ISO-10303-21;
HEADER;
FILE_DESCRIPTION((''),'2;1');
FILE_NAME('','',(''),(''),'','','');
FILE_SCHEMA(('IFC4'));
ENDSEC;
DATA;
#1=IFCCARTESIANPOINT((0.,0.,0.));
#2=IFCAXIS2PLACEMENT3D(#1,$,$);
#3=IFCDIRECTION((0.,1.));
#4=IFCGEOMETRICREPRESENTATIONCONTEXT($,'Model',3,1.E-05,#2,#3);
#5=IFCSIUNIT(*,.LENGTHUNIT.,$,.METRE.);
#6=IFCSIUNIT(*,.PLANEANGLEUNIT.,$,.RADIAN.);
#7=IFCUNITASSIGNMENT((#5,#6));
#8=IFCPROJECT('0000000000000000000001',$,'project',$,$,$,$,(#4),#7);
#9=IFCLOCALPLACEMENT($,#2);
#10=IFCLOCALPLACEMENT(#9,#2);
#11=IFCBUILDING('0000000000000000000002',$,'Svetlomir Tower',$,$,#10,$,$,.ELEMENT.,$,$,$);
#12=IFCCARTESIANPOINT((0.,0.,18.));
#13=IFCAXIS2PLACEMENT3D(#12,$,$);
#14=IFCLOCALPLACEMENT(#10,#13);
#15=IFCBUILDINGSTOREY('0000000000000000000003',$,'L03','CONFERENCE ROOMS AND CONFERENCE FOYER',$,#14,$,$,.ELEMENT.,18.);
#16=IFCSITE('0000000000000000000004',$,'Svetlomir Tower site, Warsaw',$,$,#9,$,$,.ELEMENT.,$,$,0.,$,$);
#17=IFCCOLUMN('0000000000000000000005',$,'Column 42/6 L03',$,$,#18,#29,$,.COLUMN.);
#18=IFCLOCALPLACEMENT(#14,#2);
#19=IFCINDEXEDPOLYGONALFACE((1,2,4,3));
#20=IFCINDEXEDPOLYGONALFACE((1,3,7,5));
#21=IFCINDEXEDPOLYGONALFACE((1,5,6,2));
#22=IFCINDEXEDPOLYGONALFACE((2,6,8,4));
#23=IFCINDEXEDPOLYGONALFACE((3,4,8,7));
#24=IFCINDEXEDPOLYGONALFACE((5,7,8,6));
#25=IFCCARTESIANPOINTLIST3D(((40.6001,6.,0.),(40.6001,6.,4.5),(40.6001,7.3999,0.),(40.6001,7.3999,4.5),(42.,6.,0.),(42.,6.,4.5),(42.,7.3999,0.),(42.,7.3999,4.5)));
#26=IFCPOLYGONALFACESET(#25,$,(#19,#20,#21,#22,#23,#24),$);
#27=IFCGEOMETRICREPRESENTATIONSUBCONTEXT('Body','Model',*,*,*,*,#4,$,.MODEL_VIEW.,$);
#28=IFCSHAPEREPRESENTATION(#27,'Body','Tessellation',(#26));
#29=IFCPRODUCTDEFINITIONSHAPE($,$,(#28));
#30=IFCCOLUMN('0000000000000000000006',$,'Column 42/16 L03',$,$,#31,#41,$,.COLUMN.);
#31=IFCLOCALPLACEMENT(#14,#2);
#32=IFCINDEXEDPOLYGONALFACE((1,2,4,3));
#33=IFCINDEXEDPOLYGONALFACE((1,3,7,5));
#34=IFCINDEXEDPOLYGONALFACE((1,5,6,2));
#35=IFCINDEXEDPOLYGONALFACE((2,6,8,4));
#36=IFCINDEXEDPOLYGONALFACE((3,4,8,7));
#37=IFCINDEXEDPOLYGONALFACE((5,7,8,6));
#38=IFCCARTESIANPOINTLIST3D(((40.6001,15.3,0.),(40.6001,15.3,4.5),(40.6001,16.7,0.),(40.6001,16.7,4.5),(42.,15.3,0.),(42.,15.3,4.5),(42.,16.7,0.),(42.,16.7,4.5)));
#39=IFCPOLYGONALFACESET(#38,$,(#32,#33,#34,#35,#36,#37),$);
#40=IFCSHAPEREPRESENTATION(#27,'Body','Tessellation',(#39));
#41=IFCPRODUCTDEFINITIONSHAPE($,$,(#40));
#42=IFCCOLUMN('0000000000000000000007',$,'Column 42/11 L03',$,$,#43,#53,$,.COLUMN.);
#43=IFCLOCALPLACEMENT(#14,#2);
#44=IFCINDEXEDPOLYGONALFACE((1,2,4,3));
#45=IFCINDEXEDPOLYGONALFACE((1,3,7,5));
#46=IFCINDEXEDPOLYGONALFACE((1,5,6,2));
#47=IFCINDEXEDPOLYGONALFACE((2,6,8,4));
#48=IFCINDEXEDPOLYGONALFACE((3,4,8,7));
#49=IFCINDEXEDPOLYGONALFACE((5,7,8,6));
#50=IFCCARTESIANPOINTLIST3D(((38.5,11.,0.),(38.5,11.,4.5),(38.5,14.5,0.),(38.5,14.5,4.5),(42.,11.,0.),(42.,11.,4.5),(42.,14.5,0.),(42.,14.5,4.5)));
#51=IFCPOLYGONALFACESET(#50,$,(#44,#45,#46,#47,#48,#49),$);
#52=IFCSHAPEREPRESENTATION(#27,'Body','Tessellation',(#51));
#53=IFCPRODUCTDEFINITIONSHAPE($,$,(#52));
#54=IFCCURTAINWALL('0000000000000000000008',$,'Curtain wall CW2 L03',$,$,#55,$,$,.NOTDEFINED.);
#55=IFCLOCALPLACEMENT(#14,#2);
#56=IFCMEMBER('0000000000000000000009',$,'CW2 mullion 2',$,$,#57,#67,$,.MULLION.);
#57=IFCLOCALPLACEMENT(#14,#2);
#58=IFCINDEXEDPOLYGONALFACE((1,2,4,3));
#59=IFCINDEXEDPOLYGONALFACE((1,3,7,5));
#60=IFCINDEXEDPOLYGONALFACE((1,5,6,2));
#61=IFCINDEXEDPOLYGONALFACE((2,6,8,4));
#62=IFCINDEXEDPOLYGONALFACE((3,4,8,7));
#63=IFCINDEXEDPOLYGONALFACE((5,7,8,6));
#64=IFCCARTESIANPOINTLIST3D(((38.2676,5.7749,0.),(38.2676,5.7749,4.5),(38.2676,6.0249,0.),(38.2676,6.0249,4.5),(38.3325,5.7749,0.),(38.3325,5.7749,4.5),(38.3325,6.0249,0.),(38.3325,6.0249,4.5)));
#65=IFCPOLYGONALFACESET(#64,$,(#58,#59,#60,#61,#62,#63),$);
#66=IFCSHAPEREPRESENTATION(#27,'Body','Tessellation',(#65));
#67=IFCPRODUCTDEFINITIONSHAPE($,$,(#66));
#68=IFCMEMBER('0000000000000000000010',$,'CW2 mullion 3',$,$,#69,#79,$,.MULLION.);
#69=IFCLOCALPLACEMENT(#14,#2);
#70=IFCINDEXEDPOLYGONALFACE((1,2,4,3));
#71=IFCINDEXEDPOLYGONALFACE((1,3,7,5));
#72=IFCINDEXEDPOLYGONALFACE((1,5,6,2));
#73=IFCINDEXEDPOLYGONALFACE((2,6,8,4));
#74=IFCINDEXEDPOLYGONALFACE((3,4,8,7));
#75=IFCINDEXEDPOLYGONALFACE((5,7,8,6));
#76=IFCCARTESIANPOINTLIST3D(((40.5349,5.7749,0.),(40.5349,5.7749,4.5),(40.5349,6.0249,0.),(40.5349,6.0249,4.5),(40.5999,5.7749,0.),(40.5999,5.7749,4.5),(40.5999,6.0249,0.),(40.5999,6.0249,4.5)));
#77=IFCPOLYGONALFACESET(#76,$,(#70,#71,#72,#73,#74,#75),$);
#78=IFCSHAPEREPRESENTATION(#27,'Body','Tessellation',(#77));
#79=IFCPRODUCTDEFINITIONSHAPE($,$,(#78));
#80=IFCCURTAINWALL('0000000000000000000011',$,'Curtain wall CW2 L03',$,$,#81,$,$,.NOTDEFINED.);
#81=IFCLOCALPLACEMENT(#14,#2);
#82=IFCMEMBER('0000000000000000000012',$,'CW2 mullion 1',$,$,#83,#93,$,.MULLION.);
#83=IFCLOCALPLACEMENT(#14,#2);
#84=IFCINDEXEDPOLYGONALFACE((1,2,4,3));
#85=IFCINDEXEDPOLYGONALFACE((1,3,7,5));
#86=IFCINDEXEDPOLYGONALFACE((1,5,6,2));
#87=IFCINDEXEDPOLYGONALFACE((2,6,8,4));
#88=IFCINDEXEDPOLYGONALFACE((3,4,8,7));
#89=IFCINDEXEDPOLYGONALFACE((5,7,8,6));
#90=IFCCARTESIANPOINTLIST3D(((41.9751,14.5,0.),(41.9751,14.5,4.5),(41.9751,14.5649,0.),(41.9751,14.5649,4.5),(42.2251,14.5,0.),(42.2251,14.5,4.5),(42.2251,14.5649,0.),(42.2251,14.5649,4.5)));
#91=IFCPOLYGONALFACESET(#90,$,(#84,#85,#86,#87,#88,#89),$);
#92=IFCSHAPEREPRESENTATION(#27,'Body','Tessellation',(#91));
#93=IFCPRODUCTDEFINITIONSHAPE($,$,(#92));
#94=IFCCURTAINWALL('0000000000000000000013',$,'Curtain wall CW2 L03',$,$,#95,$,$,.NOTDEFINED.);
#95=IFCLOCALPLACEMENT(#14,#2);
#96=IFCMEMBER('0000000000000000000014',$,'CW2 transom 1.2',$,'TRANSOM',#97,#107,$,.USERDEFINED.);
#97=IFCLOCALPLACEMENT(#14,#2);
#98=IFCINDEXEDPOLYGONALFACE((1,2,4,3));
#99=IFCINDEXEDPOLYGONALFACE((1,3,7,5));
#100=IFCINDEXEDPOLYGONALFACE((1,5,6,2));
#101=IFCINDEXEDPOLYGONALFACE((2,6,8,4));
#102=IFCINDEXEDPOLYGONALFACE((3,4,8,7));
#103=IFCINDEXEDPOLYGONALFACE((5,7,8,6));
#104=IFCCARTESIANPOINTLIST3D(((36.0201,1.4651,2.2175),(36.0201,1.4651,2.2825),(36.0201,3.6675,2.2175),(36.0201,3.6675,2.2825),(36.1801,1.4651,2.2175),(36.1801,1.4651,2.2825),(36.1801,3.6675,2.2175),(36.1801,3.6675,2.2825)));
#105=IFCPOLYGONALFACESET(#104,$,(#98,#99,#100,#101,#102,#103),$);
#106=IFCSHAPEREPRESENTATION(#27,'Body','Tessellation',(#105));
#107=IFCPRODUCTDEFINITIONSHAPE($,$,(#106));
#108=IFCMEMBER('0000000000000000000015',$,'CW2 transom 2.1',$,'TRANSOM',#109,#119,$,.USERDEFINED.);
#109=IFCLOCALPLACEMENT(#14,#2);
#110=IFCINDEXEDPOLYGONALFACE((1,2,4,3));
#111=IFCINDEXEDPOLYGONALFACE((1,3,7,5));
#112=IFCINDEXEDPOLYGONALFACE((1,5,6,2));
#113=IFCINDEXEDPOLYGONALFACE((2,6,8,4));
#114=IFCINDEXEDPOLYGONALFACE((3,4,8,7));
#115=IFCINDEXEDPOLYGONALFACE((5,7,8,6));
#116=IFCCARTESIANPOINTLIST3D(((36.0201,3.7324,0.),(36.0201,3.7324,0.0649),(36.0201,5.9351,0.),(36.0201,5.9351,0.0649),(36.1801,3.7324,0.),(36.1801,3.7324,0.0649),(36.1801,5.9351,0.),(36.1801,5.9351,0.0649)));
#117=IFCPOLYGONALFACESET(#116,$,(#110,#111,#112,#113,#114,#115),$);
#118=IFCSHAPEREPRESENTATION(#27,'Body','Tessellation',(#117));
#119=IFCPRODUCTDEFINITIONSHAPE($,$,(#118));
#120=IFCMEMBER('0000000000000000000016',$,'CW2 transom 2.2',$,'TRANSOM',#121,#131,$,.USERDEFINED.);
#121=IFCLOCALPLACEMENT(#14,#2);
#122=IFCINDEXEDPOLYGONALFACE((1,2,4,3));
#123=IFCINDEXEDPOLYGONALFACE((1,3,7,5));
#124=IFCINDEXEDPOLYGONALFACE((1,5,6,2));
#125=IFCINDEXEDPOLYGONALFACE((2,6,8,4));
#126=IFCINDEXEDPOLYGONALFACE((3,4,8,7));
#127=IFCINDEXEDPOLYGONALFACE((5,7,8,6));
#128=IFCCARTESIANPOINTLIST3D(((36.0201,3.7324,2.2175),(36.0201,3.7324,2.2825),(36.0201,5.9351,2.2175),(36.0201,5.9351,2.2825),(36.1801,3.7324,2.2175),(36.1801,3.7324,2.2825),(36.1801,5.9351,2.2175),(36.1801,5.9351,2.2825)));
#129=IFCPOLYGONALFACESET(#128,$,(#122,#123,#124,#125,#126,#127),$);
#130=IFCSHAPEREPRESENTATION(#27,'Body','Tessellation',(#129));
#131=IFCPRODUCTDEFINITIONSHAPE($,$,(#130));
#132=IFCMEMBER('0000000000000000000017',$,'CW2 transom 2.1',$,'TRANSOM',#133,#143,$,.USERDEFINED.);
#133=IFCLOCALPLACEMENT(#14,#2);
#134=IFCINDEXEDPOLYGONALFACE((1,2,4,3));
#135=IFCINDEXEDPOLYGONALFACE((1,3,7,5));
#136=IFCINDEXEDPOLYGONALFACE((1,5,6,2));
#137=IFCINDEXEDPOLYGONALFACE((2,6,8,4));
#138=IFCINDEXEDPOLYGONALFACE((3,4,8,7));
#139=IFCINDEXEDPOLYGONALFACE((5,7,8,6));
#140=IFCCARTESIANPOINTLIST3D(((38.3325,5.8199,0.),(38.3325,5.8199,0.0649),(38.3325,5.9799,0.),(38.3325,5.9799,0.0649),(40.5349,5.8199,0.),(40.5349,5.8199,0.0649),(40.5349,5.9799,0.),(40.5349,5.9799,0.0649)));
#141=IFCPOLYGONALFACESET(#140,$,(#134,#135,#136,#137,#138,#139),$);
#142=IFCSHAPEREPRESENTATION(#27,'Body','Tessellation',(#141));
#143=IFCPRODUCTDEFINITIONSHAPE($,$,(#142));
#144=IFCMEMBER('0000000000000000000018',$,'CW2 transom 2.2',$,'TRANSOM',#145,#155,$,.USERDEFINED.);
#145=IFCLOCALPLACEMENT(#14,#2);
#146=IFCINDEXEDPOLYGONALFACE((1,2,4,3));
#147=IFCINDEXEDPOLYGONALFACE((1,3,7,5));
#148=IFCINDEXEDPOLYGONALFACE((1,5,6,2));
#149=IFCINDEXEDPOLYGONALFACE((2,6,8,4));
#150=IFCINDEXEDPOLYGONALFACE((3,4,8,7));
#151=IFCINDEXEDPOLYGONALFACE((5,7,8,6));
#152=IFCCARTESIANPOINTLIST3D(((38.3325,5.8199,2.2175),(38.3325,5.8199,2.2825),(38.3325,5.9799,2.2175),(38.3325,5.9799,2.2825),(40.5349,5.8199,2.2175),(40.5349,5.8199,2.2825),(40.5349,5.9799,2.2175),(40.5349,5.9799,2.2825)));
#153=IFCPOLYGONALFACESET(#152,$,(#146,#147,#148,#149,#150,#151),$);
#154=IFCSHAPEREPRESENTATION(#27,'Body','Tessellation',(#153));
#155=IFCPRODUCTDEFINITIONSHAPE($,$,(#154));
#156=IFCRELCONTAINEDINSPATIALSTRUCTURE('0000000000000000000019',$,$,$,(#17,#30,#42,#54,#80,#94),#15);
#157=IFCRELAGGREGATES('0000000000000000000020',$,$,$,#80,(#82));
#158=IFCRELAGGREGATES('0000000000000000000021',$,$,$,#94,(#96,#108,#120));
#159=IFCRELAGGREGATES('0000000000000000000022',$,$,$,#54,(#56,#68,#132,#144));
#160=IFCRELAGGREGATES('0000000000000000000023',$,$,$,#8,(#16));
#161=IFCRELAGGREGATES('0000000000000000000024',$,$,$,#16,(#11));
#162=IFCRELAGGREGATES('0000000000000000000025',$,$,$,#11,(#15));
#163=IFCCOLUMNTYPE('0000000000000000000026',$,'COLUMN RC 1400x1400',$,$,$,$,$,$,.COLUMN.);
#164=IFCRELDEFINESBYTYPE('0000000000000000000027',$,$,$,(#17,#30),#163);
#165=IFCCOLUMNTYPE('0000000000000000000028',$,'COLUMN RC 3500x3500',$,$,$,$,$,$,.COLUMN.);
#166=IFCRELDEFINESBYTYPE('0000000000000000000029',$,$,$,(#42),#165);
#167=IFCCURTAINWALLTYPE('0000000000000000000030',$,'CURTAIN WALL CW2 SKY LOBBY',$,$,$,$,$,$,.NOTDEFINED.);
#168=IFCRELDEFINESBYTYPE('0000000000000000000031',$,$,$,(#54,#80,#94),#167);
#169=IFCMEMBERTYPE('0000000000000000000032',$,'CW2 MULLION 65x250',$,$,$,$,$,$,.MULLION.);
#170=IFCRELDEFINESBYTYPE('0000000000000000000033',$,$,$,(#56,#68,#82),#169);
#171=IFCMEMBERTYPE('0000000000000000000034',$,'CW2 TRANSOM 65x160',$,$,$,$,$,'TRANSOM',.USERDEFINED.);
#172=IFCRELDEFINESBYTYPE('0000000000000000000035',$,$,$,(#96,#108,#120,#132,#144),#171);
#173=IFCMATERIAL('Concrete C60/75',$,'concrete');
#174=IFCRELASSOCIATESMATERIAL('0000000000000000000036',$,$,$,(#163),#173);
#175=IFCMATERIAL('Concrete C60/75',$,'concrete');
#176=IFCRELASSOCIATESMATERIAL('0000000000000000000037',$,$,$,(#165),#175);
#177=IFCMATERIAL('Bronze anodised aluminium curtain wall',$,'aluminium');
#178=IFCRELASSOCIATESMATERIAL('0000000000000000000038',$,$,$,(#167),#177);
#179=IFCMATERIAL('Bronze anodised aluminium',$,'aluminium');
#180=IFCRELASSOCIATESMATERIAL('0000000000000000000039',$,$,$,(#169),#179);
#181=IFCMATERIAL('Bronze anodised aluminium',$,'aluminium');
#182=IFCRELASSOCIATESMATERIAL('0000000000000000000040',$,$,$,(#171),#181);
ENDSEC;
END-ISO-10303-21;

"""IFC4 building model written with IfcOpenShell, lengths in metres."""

from ifc_helpers import new_model, si_unit, direction, frame, origin, origin_2d, place, context, subcontext, project, spatial, rectangle, extrude, material, material_profile, profile_set, type_object, element, aggregate, save


model = new_model("IFC4")

# Units and contexts
model_context = context("Model", 3, precision=1e-05, world=origin(), true_north=direction((0.0, 1.0)))
body_context = subcontext(model_context, "Body", "Model", "MODEL_VIEW")
ifc_project = project(units=[si_unit("LENGTHUNIT", "METRE"), si_unit("PLANEANGLEUNIT", "RADIAN")], contexts=[model_context])

# Site, building, storey
site_placement = place(None, origin())
site = spatial("IfcSite", under=ifc_project, at=site_placement, Name="Svetlomir Tower site, Warsaw", CompositionType="ELEMENT", RefElevation=0.0)
building_placement = place(site_placement, origin())
building = spatial("IfcBuilding", under=site, at=building_placement, Name="Svetlomir Tower", CompositionType="ELEMENT")
storey_placement = place(building_placement, frame((0.0, 0.0, 18.0)))
storey = spatial("IfcBuildingStorey", under=building, at=storey_placement, Name="L03", Description="CONFERENCE ROOMS AND CONFERENCE FOYER", CompositionType="ELEMENT", Elevation=18.0)

# Columns
ifc_material_1 = material(Name="Concrete C60/75", Category="concrete")
ifc_material_profile_1 = material_profile(ifc_material_1, rectangle(XDim=1.3999, YDim=1.3999, at=origin_2d()), Name="RC 1400x1400")
ifc_profile_set_1 = profile_set([ifc_material_profile_1], Name="Concrete C60/75")
column_type_1 = type_object("IfcColumnType", Name="COLUMN RC 1400x1400", PredefinedType="COLUMN", material=ifc_profile_set_1)
for number, where, z_axis, x_axis, name in (
    (1, (41.3, 6.7, 0.0), (0.0, 0.0, 1.0), (1.0, 0.0, 0.0), "Column 42/6 L03"),
    (2, (41.3, 16.0, 0.0), (0.0, 0.0, 1.0), (1.0, 0.0, 0.0), "Column 42/16 L03"),
):
    element("IfcColumn", number, at=place(storey_placement, frame(where, z_axis=z_axis, x_axis=x_axis)), inside=storey, type_object=column_type_1, Name=name, PredefinedType="COLUMN", context=body_context, shape_type="SweptSolid", body=[
        extrude(rectangle(XDim=1.3999, YDim=1.3999, at=origin_2d()), origin(), (0.0, 0.0, 1.0), 4.5),
    ])
ifc_material_2 = material(Name="Concrete C60/75", Category="concrete")
ifc_material_profile_2 = material_profile(ifc_material_2, rectangle(XDim=3.5, YDim=3.5, at=origin_2d()), Name="RC 3500x3500")
ifc_profile_set_2 = profile_set([ifc_material_profile_2], Name="Concrete C60/75")
column_type_2 = type_object("IfcColumnType", Name="COLUMN RC 3500x3500", PredefinedType="COLUMN", material=ifc_profile_set_2)
column_placement = place(storey_placement, frame((40.25, 12.75, 0.0), z_axis=(0.0, 0.0, 1.0), x_axis=(1.0, 0.0, 0.0)))
element("IfcColumn", 3, at=column_placement, inside=storey, type_object=column_type_2, Name="Column 42/11 L03", PredefinedType="COLUMN", context=body_context, shape_type="SweptSolid", body=[
    extrude(rectangle(XDim=3.5, YDim=3.5, at=origin_2d()), origin(), (0.0, 0.0, 1.0), 4.5),
])

# Curtain wall, members
ifc_material_3 = material(Name="Bronze anodised aluminium curtain wall", Category="aluminium")
curtain_wall_type = type_object("IfcCurtainWallType", Name="CURTAIN WALL CW2 SKY LOBBY", PredefinedType="NOTDEFINED", material=ifc_material_3)
curtain_wall_1_placement = place(storey_placement, origin())
curtain_wall_1 = element("IfcCurtainWall", 4, at=curtain_wall_1_placement, inside=storey, type_object=curtain_wall_type, Name="Curtain wall CW2 L03", PredefinedType="NOTDEFINED")
ifc_material_4 = material(Name="Bronze anodised aluminium", Category="aluminium")
ifc_material_profile_3 = material_profile(ifc_material_4, rectangle(XDim=0.0649, YDim=0.25, at=origin_2d()), Name="AL 65x250")
ifc_profile_set_3 = profile_set([ifc_material_profile_3], Name="Bronze anodised aluminium 6063-T6")
member_type_1 = type_object("IfcMemberType", Name="CW2 MULLION 65x250", PredefinedType="MULLION", material=ifc_profile_set_3)
member_1_placement = place(storey_placement, frame((38.3, 5.8999, 0.0), z_axis=(0.0, 0.0, 1.0), x_axis=(1.0, 0.0, 0.0)))
member_1 = element("IfcMember", 5, at=member_1_placement, type_object=member_type_1, Name="CW2 mullion 2", PredefinedType="MULLION", context=body_context, shape_type="SweptSolid", body=[
    extrude(rectangle(XDim=0.0649, YDim=0.25, at=origin_2d()), origin(), (0.0, 0.0, 1.0), 4.5),
])
member_2_placement = place(storey_placement, frame((40.5674, 5.8999, 0.0), z_axis=(0.0, 0.0, 1.0), x_axis=(1.0, 0.0, 0.0)))
member_2 = element("IfcMember", 6, at=member_2_placement, type_object=member_type_1, Name="CW2 mullion 3", PredefinedType="MULLION", context=body_context, shape_type="SweptSolid", body=[
    extrude(rectangle(XDim=0.0649, YDim=0.25, at=origin_2d()), origin(), (0.0, 0.0, 1.0), 4.5),
])

# Curtain wall, member
curtain_wall_2_placement = place(storey_placement, origin())
curtain_wall_2 = element("IfcCurtainWall", 7, at=curtain_wall_2_placement, inside=storey, type_object=curtain_wall_type, Name="Curtain wall CW2 L03", PredefinedType="NOTDEFINED")
member_3_placement = place(storey_placement, frame((42.1001, 14.5325, 0.0), z_axis=(0.0, 0.0, 1.0), x_axis=(0.0, 1.0, 0.0)))
member_3 = element("IfcMember", 8, at=member_3_placement, type_object=member_type_1, Name="CW2 mullion 1", PredefinedType="MULLION", context=body_context, shape_type="SweptSolid", body=[
    extrude(rectangle(XDim=0.0649, YDim=0.25, at=origin_2d()), origin(), (0.0, 0.0, 1.0), 4.5),
])
aggregate(curtain_wall_2, [member_3])

# Curtain wall, members
curtain_wall_3_placement = place(storey_placement, origin())
curtain_wall_3 = element("IfcCurtainWall", 9, at=curtain_wall_3_placement, inside=storey, type_object=curtain_wall_type, Name="Curtain wall CW2 L03", PredefinedType="NOTDEFINED")
ifc_material_5 = material(Name="Bronze anodised aluminium", Category="aluminium")
ifc_material_profile_4 = material_profile(ifc_material_5, rectangle(XDim=0.1599, YDim=0.0649, at=origin_2d()), Name="AL 160x65")
ifc_profile_set_4 = profile_set([ifc_material_profile_4], Name="Bronze anodised aluminium 6063-T6")
member_type_2 = type_object("IfcMemberType", Name="CW2 TRANSOM 65x160", ElementType="TRANSOM", PredefinedType="USERDEFINED", material=ifc_profile_set_4)
member_4_placement = place(storey_placement, frame((36.1001, 1.4651, 2.25), z_axis=(0.0, 1.0, 0.0), x_axis=(-1.0, 0.0, 0.0)))
member_4 = element("IfcMember", 10, at=member_4_placement, type_object=member_type_2, Name="CW2 transom 1.2", ObjectType="TRANSOM", PredefinedType="USERDEFINED", context=body_context, shape_type="SweptSolid", body=[
    extrude(rectangle(XDim=0.1599, YDim=0.0649, at=origin_2d()), origin(), (0.0, 0.0, 1.0), 2.2024),
])
member_5_placement = place(storey_placement, frame((36.1001, 3.7324, 0.0325), z_axis=(0.0, 1.0, 0.0), x_axis=(-1.0, 0.0, 0.0)))
member_5 = element("IfcMember", 11, at=member_5_placement, type_object=member_type_2, Name="CW2 transom 2.1", ObjectType="TRANSOM", PredefinedType="USERDEFINED", context=body_context, shape_type="SweptSolid", body=[
    extrude(rectangle(XDim=0.1599, YDim=0.0649, at=origin_2d()), origin(), (0.0, 0.0, 1.0), 2.2026),
])
member_6_placement = place(storey_placement, frame((36.1001, 3.7324, 2.25), z_axis=(0.0, 1.0, 0.0), x_axis=(-1.0, 0.0, 0.0)))
member_6 = element("IfcMember", 12, at=member_6_placement, type_object=member_type_2, Name="CW2 transom 2.2", ObjectType="TRANSOM", PredefinedType="USERDEFINED", context=body_context, shape_type="SweptSolid", body=[
    extrude(rectangle(XDim=0.1599, YDim=0.0649, at=origin_2d()), origin(), (0.0, 0.0, 1.0), 2.2026),
])

# Members
member_7_placement = place(storey_placement, frame((38.3325, 5.8999, 0.0325), z_axis=(1.0, 0.0, 0.0), x_axis=(0.0, 1.0, 0.0)))
member_7 = element("IfcMember", 13, at=member_7_placement, type_object=member_type_2, Name="CW2 transom 2.1", ObjectType="TRANSOM", PredefinedType="USERDEFINED", context=body_context, shape_type="SweptSolid", body=[
    extrude(rectangle(XDim=0.1599, YDim=0.0649, at=origin_2d()), origin(), (0.0, 0.0, 1.0), 2.2024),
])
member_8_placement = place(storey_placement, frame((38.3325, 5.8999, 2.25), z_axis=(1.0, 0.0, 0.0), x_axis=(0.0, 1.0, 0.0)))
member_8 = element("IfcMember", 14, at=member_8_placement, type_object=member_type_2, Name="CW2 transom 2.2", ObjectType="TRANSOM", PredefinedType="USERDEFINED", context=body_context, shape_type="SweptSolid", body=[
    extrude(rectangle(XDim=0.1599, YDim=0.0649, at=origin_2d()), origin(), (0.0, 0.0, 1.0), 2.2024),
])

aggregate(curtain_wall_3, [member_4, member_5, member_6])
aggregate(curtain_wall_1, [member_1, member_2, member_7, member_8])

save(model, "model.ifc")
